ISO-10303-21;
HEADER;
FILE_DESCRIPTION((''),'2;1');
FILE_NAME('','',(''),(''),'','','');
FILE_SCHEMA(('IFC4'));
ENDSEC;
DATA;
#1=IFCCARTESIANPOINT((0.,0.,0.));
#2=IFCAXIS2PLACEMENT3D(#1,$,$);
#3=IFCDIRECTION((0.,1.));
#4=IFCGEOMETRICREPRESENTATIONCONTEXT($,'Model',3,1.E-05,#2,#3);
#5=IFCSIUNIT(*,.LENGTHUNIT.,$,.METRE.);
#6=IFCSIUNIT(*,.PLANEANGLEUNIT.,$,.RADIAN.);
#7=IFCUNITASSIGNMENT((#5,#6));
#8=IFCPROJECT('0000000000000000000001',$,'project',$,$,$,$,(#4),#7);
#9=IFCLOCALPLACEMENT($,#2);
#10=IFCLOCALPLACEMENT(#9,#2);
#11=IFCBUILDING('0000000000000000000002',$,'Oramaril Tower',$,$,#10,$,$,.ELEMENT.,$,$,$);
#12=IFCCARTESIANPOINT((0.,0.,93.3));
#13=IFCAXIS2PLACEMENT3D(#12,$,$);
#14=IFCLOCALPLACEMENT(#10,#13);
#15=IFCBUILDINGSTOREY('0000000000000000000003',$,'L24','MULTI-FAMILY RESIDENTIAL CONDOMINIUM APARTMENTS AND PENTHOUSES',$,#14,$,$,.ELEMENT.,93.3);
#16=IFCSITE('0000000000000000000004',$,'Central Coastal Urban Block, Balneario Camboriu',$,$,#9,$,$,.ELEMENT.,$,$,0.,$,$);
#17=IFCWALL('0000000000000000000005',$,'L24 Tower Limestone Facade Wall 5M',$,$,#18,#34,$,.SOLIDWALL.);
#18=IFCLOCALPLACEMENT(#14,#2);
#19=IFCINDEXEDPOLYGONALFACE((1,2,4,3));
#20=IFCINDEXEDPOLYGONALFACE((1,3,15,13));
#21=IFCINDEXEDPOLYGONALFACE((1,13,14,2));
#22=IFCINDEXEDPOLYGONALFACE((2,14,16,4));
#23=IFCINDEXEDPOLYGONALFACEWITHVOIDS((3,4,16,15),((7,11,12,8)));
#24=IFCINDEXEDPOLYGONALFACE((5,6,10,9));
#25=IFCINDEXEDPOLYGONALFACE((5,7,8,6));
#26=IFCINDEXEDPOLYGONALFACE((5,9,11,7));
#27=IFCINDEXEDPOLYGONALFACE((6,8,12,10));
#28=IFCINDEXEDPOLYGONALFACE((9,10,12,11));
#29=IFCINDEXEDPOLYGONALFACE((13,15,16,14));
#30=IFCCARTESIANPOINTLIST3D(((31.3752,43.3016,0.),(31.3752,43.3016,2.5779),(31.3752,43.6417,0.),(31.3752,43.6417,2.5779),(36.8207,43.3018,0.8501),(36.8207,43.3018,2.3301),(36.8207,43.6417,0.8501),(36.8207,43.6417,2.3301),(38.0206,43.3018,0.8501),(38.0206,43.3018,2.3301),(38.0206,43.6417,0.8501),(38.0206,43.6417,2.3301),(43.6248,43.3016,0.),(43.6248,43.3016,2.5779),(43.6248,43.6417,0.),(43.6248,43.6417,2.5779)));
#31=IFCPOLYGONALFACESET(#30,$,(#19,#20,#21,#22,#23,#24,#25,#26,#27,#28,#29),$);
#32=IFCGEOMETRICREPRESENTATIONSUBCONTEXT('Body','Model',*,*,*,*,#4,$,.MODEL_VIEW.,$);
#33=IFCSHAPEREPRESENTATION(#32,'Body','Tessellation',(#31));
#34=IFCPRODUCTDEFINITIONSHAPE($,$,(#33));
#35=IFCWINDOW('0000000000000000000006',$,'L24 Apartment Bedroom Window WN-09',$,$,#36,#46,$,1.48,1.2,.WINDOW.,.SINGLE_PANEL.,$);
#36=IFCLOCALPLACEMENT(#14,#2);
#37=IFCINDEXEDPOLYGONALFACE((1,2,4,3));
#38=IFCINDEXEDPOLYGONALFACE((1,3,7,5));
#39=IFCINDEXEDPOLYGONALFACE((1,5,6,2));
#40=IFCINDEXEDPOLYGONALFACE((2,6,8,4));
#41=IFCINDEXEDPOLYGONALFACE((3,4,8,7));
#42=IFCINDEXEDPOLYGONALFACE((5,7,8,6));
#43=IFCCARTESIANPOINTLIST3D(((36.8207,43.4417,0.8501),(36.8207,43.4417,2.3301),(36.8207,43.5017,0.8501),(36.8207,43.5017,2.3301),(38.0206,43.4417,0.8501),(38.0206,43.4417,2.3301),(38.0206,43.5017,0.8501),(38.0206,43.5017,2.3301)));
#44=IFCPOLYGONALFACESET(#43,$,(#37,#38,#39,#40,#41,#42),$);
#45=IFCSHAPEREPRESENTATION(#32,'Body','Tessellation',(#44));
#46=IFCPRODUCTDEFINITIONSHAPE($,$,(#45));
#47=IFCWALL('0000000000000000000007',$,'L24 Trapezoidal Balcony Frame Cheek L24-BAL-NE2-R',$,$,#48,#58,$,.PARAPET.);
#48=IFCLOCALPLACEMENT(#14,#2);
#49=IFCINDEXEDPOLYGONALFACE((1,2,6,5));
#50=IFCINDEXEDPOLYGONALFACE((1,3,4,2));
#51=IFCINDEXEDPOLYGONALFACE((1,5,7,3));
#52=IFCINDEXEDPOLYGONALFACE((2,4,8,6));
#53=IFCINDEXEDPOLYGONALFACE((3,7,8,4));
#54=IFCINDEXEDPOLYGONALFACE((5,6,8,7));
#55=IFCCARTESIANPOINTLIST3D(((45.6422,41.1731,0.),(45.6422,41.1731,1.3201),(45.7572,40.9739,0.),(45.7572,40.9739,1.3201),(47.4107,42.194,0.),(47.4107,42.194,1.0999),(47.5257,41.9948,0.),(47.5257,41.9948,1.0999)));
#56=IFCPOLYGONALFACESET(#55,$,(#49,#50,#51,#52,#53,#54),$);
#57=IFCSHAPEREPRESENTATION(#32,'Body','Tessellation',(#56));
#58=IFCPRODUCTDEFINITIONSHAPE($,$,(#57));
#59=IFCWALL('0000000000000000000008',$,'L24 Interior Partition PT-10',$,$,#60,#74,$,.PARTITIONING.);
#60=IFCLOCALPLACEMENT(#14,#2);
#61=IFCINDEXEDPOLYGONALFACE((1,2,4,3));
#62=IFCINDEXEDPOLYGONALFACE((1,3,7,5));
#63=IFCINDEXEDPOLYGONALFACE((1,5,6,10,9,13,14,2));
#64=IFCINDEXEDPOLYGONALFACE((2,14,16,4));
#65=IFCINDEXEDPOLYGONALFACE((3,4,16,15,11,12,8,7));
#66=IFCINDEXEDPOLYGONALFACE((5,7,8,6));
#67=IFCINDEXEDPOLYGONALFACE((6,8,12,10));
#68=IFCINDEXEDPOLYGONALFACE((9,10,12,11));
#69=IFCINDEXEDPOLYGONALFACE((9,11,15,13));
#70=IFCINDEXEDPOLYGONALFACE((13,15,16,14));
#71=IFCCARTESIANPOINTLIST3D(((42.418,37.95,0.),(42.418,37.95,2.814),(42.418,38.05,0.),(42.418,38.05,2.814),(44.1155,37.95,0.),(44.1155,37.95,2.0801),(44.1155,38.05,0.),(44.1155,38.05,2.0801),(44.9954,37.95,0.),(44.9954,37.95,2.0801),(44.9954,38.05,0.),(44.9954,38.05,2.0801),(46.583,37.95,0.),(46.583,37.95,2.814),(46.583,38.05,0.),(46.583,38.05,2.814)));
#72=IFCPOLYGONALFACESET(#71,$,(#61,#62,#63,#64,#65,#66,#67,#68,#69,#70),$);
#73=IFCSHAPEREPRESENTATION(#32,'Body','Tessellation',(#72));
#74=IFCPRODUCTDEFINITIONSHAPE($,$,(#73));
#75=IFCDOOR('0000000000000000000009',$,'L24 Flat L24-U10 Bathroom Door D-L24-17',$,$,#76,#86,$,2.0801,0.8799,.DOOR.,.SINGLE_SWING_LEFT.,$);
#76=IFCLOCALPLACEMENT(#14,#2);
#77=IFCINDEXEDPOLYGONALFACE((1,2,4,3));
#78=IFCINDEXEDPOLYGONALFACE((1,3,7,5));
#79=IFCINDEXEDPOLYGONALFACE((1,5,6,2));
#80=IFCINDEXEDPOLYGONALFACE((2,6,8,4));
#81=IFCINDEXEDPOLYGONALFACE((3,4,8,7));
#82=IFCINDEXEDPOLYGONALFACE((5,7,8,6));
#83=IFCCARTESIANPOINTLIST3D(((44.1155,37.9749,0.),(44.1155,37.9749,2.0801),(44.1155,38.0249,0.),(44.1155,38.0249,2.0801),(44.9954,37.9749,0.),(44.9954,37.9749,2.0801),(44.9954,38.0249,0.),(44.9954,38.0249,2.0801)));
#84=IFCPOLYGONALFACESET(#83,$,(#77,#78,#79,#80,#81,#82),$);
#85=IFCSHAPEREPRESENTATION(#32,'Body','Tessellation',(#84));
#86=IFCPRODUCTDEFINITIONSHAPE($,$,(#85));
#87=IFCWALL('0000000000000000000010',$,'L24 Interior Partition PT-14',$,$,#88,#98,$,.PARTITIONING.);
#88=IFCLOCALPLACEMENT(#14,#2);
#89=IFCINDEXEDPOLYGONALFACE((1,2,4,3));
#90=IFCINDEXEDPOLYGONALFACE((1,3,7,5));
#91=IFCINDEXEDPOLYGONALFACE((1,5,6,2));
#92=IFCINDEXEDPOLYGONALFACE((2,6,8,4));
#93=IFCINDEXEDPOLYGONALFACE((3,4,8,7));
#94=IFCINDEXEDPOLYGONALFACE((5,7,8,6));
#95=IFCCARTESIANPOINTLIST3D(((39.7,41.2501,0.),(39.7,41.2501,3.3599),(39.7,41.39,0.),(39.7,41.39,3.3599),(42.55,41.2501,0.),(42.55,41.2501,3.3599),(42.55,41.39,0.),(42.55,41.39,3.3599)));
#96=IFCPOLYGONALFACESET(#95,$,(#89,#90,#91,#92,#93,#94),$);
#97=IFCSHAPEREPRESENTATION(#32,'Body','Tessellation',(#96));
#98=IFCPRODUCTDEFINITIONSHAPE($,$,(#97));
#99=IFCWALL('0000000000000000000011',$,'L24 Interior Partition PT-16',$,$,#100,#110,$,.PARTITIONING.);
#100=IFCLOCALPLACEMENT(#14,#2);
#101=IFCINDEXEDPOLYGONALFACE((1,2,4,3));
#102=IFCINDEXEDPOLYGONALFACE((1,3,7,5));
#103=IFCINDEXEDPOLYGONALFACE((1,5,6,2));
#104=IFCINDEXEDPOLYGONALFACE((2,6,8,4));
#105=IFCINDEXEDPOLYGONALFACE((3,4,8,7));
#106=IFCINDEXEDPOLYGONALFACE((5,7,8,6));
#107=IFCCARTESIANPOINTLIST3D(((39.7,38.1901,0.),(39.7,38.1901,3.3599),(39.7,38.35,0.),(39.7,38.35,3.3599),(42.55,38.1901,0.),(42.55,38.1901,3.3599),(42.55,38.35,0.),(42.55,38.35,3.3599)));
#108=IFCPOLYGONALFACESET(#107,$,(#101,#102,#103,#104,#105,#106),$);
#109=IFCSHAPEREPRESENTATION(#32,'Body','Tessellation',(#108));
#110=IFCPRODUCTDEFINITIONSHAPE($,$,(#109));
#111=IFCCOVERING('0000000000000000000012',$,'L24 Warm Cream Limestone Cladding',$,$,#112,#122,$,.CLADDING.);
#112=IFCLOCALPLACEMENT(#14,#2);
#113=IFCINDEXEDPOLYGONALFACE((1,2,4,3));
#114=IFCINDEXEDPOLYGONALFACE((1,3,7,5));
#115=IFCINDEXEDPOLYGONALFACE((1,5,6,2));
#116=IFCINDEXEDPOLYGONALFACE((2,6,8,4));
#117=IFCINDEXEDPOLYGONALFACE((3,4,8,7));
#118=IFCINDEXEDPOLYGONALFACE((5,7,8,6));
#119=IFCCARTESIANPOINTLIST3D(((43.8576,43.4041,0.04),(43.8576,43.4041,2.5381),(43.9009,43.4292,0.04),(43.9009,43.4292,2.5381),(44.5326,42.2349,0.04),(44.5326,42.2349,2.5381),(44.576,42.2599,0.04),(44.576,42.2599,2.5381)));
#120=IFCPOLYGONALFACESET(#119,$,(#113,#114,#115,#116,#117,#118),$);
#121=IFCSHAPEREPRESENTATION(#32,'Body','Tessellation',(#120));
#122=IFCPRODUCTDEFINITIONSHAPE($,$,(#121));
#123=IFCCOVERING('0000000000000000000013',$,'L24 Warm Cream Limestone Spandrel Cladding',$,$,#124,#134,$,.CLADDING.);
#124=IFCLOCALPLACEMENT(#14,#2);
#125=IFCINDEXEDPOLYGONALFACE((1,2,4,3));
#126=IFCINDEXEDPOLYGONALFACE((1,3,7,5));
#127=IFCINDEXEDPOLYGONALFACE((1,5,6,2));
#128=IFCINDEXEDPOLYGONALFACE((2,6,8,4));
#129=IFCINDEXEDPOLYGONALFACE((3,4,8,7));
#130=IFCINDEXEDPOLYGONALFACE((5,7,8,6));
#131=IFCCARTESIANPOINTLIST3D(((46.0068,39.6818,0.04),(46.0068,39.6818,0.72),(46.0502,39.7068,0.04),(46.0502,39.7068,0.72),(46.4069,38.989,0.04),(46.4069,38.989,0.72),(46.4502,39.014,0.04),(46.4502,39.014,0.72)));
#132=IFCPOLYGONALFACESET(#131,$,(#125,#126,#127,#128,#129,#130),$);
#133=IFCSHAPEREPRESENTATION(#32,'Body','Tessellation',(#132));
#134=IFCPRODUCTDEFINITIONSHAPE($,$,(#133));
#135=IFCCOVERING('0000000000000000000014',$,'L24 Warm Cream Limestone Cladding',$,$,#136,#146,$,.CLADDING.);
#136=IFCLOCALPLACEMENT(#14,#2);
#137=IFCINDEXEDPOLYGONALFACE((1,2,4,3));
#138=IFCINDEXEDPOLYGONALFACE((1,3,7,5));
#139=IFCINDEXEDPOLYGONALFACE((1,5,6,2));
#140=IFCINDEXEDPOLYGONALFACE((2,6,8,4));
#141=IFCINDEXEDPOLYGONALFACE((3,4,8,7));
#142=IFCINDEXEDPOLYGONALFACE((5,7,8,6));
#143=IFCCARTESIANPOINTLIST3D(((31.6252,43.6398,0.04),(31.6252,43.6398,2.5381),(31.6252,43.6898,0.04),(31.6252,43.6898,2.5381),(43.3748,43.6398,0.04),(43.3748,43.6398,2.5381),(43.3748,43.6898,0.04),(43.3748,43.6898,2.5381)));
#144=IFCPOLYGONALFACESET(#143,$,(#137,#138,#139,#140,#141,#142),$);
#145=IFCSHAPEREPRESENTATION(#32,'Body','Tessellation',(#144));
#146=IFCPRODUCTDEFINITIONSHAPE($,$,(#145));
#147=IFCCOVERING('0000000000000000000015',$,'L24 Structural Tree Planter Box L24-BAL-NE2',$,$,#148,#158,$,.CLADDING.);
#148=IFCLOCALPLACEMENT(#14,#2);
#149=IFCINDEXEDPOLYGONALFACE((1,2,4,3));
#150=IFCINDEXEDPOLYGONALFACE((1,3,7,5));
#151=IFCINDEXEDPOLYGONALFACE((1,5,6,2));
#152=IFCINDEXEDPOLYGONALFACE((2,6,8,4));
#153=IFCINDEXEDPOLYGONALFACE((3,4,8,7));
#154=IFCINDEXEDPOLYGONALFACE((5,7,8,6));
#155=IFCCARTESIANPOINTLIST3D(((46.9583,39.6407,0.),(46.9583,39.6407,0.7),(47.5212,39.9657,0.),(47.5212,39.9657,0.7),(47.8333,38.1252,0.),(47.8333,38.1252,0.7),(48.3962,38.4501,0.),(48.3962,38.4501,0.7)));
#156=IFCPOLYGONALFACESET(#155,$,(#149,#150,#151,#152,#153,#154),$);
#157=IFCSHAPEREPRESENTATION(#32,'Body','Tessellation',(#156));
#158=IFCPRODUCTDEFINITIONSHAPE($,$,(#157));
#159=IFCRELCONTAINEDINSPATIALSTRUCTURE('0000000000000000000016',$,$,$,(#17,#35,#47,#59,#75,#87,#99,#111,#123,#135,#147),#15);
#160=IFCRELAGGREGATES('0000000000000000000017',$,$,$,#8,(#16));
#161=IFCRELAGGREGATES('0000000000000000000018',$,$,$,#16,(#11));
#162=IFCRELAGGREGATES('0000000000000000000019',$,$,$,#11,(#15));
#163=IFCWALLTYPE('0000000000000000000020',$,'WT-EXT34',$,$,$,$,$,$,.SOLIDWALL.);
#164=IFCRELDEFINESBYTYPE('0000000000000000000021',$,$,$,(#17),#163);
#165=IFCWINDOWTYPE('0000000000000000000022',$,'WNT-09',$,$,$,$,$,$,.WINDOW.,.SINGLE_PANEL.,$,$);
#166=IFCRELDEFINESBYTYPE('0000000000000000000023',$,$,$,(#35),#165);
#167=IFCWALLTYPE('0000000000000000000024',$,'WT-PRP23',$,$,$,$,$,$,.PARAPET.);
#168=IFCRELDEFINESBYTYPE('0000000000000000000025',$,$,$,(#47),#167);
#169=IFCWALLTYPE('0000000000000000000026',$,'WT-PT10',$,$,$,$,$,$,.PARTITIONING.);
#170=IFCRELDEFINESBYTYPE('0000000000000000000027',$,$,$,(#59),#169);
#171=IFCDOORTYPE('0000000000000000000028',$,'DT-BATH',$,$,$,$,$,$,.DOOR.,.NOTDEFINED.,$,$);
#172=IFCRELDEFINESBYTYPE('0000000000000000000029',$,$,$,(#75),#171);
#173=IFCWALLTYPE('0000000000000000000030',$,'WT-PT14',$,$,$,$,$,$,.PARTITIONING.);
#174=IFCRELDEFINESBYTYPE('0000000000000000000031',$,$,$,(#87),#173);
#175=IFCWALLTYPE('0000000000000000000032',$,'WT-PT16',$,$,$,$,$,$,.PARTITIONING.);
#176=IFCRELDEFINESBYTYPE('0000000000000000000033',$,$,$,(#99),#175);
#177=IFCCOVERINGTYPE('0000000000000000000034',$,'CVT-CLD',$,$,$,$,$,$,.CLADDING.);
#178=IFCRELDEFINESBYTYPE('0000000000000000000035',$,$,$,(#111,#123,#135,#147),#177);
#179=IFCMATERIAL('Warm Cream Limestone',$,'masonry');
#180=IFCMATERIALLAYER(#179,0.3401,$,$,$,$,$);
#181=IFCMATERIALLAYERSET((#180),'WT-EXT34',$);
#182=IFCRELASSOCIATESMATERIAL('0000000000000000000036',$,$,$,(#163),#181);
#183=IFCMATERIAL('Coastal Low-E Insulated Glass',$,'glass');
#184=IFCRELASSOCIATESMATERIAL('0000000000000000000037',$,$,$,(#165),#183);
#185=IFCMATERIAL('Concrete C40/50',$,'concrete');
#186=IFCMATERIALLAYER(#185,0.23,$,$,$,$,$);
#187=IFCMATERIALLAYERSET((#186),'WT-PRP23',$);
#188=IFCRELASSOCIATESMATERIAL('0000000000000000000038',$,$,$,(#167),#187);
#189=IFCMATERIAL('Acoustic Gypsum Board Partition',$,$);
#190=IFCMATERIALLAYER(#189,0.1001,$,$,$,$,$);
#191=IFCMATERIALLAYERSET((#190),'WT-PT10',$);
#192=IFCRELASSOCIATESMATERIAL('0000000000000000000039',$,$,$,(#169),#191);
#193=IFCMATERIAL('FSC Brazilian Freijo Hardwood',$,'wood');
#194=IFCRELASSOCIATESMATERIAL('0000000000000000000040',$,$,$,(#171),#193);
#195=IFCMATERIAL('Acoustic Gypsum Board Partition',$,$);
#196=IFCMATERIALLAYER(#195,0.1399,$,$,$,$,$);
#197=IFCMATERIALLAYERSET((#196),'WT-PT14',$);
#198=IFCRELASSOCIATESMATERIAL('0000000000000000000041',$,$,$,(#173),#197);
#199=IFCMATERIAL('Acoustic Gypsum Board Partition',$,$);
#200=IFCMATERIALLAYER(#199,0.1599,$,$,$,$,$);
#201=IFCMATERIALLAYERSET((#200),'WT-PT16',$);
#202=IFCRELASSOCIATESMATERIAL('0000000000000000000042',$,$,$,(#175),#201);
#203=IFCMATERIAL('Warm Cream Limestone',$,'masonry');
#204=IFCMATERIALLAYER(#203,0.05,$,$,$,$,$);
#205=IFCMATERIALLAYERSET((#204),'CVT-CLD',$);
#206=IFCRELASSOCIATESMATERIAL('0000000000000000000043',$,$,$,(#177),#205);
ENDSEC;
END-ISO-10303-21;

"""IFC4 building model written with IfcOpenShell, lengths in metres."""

from ifc_helpers import new_model, si_unit, direction, frame, frame_2d, origin, origin_2d, place, context, subcontext, project, spatial, polyline, rectangle, outline, extrude, material, layer, layer_set, type_object, element, fill, save


model = new_model("IFC4")

# Units and contexts
model_context = context("Model", 3, precision=1e-05, world=origin(), true_north=direction((0.0, 1.0)))
body_context = subcontext(model_context, "Body", "Model", "MODEL_VIEW")
ifc_project = project(units=[si_unit("LENGTHUNIT", "METRE"), si_unit("PLANEANGLEUNIT", "RADIAN")], contexts=[model_context])

# Site, building, storey
site_placement = place(None, origin())
site = spatial("IfcSite", under=ifc_project, at=site_placement, Name="Central Coastal Urban Block, Balneario Camboriu", CompositionType="ELEMENT", RefElevation=0.0)
building_placement = place(site_placement, origin())
building = spatial("IfcBuilding", under=site, at=building_placement, Name="Oramaril Tower", CompositionType="ELEMENT")
storey_placement = place(building_placement, frame((0.0, 0.0, 93.3)))
storey = spatial("IfcBuildingStorey", under=building, at=storey_placement, Name="L24", Description="MULTI-FAMILY RESIDENTIAL CONDOMINIUM APARTMENTS AND PENTHOUSES", CompositionType="ELEMENT", Elevation=93.3)

# Wall, opening, window
ifc_material_1 = material(Name="Warm Cream Limestone", Category="masonry")
ifc_layer_1 = layer(ifc_material_1, 0.3401)
ifc_layer_set_1 = layer_set([ifc_layer_1], Name="WT-EXT34")
wall_type_1 = type_object("IfcWallType", Name="WT-EXT34", PredefinedType="SOLIDWALL", material=ifc_layer_set_1)
wall_1_placement = place(storey_placement, frame((43.6248, 43.4717, 0.0), z_axis=(0.0, 0.0, 1.0), x_axis=(-1.0, 0.0, 0.0)))
wall_1 = element("IfcWall", 1, at=wall_1_placement, inside=storey, type_object=wall_type_1, Name="L24 Tower Limestone Facade Wall 5M", PredefinedType="SOLIDWALL", context=body_context, shape_type="SweptSolid", body=[
    extrude(rectangle(XDim=12.2495, YDim=0.3401, at=frame_2d((6.1248, 0.0))), origin(), (0.0, 0.0, 1.0), 2.5779),
])
opening_1_placement = place(wall_1_placement, frame((5.604, 0.0, 0.8501)))
opening_1 = element("IfcOpeningElement", 2, at=opening_1_placement, cuts=wall_1, PredefinedType="OPENING", context=body_context, shape_type="SweptSolid", body=[
    extrude(rectangle(XDim=1.2, YDim=1.48, at=frame_2d((0.6001, 0.74))), frame((0.0, 0.1699, 0.0), z_axis=(0.0, -1.0, 0.0), x_axis=(1.0, 0.0, 0.0)), (0.0, 0.0, 1.0), 0.3401),
])
ifc_material_2 = material(Name="Coastal Low-E Insulated Glass", Category="glass")
window_type = type_object("IfcWindowType", Name="WNT-09", PartitioningType="SINGLE_PANEL", PredefinedType="WINDOW", material=ifc_material_2)
window_placement = place(opening_1_placement, origin())
window = element("IfcWindow", 3, at=window_placement, inside=storey, type_object=window_type, Name="L24 Apartment Bedroom Window WN-09", OverallHeight=1.48, OverallWidth=1.2, PartitioningType="SINGLE_PANEL", PredefinedType="WINDOW", context=body_context, shape_type="SweptSolid", body=[
    extrude(rectangle(XDim=1.2, YDim=1.48, at=frame_2d((0.6001, 0.74))), frame((0.0, 0.03, 0.0), z_axis=(0.0, -1.0, 0.0), x_axis=(1.0, 0.0, 0.0)), (0.0, 0.0, 1.0), 0.0601),
])
fill(opening_1, window)

# Wall
ifc_material_3 = material(Name="Concrete C40/50", Category="concrete")
ifc_layer_2 = layer(ifc_material_3, 0.23)
ifc_layer_set_2 = layer_set([ifc_layer_2], Name="WT-PRP23")
wall_type_2 = type_object("IfcWallType", Name="WT-PRP23", PredefinedType="PARAPET", material=ifc_layer_set_2)
wall_2_placement = place(storey_placement, frame((45.6997, 41.0735, 0.0), z_axis=(0.0, 0.0, 1.0), x_axis=(0.866042, 0.499971, 0.0)))
element("IfcWall", 4, at=wall_2_placement, inside=storey, type_object=wall_type_2, Name="L24 Trapezoidal Balcony Frame Cheek L24-BAL-NE2-R", PredefinedType="PARAPET", context=body_context, shape_type="SweptSolid", body=[
    extrude(outline(polyline([(0.0, 0.0), (2.042, 0.0), (2.042, 1.0999), (0.0, 1.3201), (0.0, 0.0)])), frame((0.0, 0.115, 0.0), z_axis=(0.0, -1.0, 0.0), x_axis=(1.0, 0.0, 0.0)), (0.0, 0.0, 1.0), 0.23),
])

# Wall, opening, door
ifc_material_4 = material(Name="Acoustic Gypsum Board Partition")
ifc_layer_3 = layer(ifc_material_4, 0.1001)
ifc_layer_set_3 = layer_set([ifc_layer_3], Name="WT-PT10")
wall_type_3 = type_object("IfcWallType", Name="WT-PT10", PredefinedType="PARTITIONING", material=ifc_layer_set_3)
wall_3_placement = place(storey_placement, frame((42.418, 38.0, 0.0), z_axis=(0.0, 0.0, 1.0), x_axis=(1.0, 0.0, 0.0)))
wall_3 = element("IfcWall", 5, at=wall_3_placement, inside=storey, type_object=wall_type_3, Name="L24 Interior Partition PT-10", PredefinedType="PARTITIONING", context=body_context, shape_type="SweptSolid", body=[
    extrude(rectangle(XDim=4.165, YDim=0.1001, at=frame_2d((2.0825, 0.0))), origin(), (0.0, 0.0, 1.0), 2.814),
])
opening_2_placement = place(wall_3_placement, frame((1.6975, 0.0, 0.0)))
opening_2 = element("IfcOpeningElement", 6, at=opening_2_placement, cuts=wall_3, PredefinedType="OPENING", context=body_context, shape_type="SweptSolid", body=[
    extrude(rectangle(XDim=0.8799, YDim=2.0801, at=frame_2d((0.4399, 1.04))), frame((0.0, 0.05, 0.0), z_axis=(0.0, -1.0, 0.0), x_axis=(1.0, 0.0, 0.0)), (0.0, 0.0, 1.0), 0.1001),
])
ifc_material_5 = material(Name="FSC Brazilian Freijo Hardwood", Category="wood")
door_type = type_object("IfcDoorType", Name="DT-BATH", OperationType="NOTDEFINED", PredefinedType="DOOR", material=ifc_material_5)
door_placement = place(opening_2_placement, origin())
door = element("IfcDoor", 7, at=door_placement, inside=storey, type_object=door_type, Name="L24 Flat L24-U10 Bathroom Door D-L24-17", OperationType="SINGLE_SWING_LEFT", OverallHeight=2.0801, OverallWidth=0.8799, PredefinedType="DOOR", context=body_context, shape_type="SweptSolid", body=[
    extrude(rectangle(XDim=0.8799, YDim=2.0801, at=frame_2d((0.4399, 1.04))), frame((0.0, 0.0249, 0.0), z_axis=(0.0, -1.0, 0.0), x_axis=(1.0, 0.0, 0.0)), (0.0, 0.0, 1.0), 0.05),
])
fill(opening_2, door)

# Walls
ifc_material_6 = material(Name="Acoustic Gypsum Board Partition")
ifc_layer_4 = layer(ifc_material_6, 0.1399)
ifc_layer_set_4 = layer_set([ifc_layer_4], Name="WT-PT14")
wall_type_4 = type_object("IfcWallType", Name="WT-PT14", PredefinedType="PARTITIONING", material=ifc_layer_set_4)
wall_4_placement = place(storey_placement, frame((39.7, 41.3201, 0.0), z_axis=(0.0, 0.0, 1.0), x_axis=(1.0, 0.0, 0.0)))
element("IfcWall", 8, at=wall_4_placement, inside=storey, type_object=wall_type_4, Name="L24 Interior Partition PT-14", PredefinedType="PARTITIONING", context=body_context, shape_type="SweptSolid", body=[
    extrude(rectangle(XDim=2.8501, YDim=0.1399, at=frame_2d((1.425, 0.0))), origin(), (0.0, 0.0, 1.0), 3.3599),
])
ifc_material_7 = material(Name="Acoustic Gypsum Board Partition")
ifc_layer_5 = layer(ifc_material_7, 0.1599)
ifc_layer_set_5 = layer_set([ifc_layer_5], Name="WT-PT16")
wall_type_5 = type_object("IfcWallType", Name="WT-PT16", PredefinedType="PARTITIONING", material=ifc_layer_set_5)
wall_5_placement = place(storey_placement, frame((39.7, 38.27, 0.0), z_axis=(0.0, 0.0, 1.0), x_axis=(1.0, 0.0, 0.0)))
element("IfcWall", 9, at=wall_5_placement, inside=storey, type_object=wall_type_5, Name="L24 Interior Partition PT-16", PredefinedType="PARTITIONING", context=body_context, shape_type="SweptSolid", body=[
    extrude(rectangle(XDim=2.8501, YDim=0.1599, at=frame_2d((1.425, 0.0))), origin(), (0.0, 0.0, 1.0), 3.3599),
])

# Coverings
ifc_material_8 = material(Name="Warm Cream Limestone", Category="masonry")
ifc_layer_6 = layer(ifc_material_8, 0.05)
ifc_layer_set_6 = layer_set([ifc_layer_6], Name="CVT-CLD")
covering_type = type_object("IfcCoveringType", Name="CVT-CLD", PredefinedType="CLADDING", material=ifc_layer_set_6)
covering_1_placement = place(storey_placement, frame((44.2168, 42.832, 0.04), z_axis=(0.0, 0.0, 1.0), x_axis=(-0.5, 0.866025, 0.0)))
element("IfcCovering", 10, at=covering_1_placement, inside=storey, type_object=covering_type, Name="L24 Warm Cream Limestone Cladding", PredefinedType="CLADDING", context=body_context, shape_type="SweptSolid", body=[
    extrude(rectangle(XDim=1.3501, YDim=0.05, at=origin_2d()), origin(), (0.0, 0.0, 1.0), 2.498),
])
covering_2_placement = place(storey_placement, frame((46.2285, 39.3479, 0.04), z_axis=(0.0, 0.0, 1.0), x_axis=(-0.5, 0.866025, 0.0)))
element("IfcCovering", 11, at=covering_2_placement, inside=storey, type_object=covering_type, Name="L24 Warm Cream Limestone Spandrel Cladding", PredefinedType="CLADDING", context=body_context, shape_type="SweptSolid", body=[
    extrude(rectangle(XDim=0.8, YDim=0.05, at=origin_2d()), origin(), (0.0, 0.0, 1.0), 0.6799),
])
covering_3_placement = place(storey_placement, frame((37.5, 43.6648, 0.04), z_axis=(0.0, 0.0, 1.0), x_axis=(-1.0, 0.0, 0.0)))
element("IfcCovering", 12, at=covering_3_placement, inside=storey, type_object=covering_type, Name="L24 Warm Cream Limestone Cladding", PredefinedType="CLADDING", context=body_context, shape_type="SweptSolid", body=[
    extrude(rectangle(XDim=11.7495, YDim=0.05, at=origin_2d()), origin(), (0.0, 0.0, 1.0), 2.498),
])
covering_4_placement = place(storey_placement, frame((47.6772, 39.0454, 0.0), z_axis=(0.0, 0.0, 1.0), x_axis=(-0.5, 0.866025, 0.0)))
element("IfcCovering", 13, at=covering_4_placement, inside=storey, type_object=covering_type, Name="L24 Structural Tree Planter Box L24-BAL-NE2", PredefinedType="CLADDING", context=body_context, shape_type="SweptSolid", body=[
    extrude(rectangle(XDim=1.75, YDim=0.6499, at=origin_2d()), origin(), (0.0, 0.0, 1.0), 0.7),
])

save(model, "model.ifc")
